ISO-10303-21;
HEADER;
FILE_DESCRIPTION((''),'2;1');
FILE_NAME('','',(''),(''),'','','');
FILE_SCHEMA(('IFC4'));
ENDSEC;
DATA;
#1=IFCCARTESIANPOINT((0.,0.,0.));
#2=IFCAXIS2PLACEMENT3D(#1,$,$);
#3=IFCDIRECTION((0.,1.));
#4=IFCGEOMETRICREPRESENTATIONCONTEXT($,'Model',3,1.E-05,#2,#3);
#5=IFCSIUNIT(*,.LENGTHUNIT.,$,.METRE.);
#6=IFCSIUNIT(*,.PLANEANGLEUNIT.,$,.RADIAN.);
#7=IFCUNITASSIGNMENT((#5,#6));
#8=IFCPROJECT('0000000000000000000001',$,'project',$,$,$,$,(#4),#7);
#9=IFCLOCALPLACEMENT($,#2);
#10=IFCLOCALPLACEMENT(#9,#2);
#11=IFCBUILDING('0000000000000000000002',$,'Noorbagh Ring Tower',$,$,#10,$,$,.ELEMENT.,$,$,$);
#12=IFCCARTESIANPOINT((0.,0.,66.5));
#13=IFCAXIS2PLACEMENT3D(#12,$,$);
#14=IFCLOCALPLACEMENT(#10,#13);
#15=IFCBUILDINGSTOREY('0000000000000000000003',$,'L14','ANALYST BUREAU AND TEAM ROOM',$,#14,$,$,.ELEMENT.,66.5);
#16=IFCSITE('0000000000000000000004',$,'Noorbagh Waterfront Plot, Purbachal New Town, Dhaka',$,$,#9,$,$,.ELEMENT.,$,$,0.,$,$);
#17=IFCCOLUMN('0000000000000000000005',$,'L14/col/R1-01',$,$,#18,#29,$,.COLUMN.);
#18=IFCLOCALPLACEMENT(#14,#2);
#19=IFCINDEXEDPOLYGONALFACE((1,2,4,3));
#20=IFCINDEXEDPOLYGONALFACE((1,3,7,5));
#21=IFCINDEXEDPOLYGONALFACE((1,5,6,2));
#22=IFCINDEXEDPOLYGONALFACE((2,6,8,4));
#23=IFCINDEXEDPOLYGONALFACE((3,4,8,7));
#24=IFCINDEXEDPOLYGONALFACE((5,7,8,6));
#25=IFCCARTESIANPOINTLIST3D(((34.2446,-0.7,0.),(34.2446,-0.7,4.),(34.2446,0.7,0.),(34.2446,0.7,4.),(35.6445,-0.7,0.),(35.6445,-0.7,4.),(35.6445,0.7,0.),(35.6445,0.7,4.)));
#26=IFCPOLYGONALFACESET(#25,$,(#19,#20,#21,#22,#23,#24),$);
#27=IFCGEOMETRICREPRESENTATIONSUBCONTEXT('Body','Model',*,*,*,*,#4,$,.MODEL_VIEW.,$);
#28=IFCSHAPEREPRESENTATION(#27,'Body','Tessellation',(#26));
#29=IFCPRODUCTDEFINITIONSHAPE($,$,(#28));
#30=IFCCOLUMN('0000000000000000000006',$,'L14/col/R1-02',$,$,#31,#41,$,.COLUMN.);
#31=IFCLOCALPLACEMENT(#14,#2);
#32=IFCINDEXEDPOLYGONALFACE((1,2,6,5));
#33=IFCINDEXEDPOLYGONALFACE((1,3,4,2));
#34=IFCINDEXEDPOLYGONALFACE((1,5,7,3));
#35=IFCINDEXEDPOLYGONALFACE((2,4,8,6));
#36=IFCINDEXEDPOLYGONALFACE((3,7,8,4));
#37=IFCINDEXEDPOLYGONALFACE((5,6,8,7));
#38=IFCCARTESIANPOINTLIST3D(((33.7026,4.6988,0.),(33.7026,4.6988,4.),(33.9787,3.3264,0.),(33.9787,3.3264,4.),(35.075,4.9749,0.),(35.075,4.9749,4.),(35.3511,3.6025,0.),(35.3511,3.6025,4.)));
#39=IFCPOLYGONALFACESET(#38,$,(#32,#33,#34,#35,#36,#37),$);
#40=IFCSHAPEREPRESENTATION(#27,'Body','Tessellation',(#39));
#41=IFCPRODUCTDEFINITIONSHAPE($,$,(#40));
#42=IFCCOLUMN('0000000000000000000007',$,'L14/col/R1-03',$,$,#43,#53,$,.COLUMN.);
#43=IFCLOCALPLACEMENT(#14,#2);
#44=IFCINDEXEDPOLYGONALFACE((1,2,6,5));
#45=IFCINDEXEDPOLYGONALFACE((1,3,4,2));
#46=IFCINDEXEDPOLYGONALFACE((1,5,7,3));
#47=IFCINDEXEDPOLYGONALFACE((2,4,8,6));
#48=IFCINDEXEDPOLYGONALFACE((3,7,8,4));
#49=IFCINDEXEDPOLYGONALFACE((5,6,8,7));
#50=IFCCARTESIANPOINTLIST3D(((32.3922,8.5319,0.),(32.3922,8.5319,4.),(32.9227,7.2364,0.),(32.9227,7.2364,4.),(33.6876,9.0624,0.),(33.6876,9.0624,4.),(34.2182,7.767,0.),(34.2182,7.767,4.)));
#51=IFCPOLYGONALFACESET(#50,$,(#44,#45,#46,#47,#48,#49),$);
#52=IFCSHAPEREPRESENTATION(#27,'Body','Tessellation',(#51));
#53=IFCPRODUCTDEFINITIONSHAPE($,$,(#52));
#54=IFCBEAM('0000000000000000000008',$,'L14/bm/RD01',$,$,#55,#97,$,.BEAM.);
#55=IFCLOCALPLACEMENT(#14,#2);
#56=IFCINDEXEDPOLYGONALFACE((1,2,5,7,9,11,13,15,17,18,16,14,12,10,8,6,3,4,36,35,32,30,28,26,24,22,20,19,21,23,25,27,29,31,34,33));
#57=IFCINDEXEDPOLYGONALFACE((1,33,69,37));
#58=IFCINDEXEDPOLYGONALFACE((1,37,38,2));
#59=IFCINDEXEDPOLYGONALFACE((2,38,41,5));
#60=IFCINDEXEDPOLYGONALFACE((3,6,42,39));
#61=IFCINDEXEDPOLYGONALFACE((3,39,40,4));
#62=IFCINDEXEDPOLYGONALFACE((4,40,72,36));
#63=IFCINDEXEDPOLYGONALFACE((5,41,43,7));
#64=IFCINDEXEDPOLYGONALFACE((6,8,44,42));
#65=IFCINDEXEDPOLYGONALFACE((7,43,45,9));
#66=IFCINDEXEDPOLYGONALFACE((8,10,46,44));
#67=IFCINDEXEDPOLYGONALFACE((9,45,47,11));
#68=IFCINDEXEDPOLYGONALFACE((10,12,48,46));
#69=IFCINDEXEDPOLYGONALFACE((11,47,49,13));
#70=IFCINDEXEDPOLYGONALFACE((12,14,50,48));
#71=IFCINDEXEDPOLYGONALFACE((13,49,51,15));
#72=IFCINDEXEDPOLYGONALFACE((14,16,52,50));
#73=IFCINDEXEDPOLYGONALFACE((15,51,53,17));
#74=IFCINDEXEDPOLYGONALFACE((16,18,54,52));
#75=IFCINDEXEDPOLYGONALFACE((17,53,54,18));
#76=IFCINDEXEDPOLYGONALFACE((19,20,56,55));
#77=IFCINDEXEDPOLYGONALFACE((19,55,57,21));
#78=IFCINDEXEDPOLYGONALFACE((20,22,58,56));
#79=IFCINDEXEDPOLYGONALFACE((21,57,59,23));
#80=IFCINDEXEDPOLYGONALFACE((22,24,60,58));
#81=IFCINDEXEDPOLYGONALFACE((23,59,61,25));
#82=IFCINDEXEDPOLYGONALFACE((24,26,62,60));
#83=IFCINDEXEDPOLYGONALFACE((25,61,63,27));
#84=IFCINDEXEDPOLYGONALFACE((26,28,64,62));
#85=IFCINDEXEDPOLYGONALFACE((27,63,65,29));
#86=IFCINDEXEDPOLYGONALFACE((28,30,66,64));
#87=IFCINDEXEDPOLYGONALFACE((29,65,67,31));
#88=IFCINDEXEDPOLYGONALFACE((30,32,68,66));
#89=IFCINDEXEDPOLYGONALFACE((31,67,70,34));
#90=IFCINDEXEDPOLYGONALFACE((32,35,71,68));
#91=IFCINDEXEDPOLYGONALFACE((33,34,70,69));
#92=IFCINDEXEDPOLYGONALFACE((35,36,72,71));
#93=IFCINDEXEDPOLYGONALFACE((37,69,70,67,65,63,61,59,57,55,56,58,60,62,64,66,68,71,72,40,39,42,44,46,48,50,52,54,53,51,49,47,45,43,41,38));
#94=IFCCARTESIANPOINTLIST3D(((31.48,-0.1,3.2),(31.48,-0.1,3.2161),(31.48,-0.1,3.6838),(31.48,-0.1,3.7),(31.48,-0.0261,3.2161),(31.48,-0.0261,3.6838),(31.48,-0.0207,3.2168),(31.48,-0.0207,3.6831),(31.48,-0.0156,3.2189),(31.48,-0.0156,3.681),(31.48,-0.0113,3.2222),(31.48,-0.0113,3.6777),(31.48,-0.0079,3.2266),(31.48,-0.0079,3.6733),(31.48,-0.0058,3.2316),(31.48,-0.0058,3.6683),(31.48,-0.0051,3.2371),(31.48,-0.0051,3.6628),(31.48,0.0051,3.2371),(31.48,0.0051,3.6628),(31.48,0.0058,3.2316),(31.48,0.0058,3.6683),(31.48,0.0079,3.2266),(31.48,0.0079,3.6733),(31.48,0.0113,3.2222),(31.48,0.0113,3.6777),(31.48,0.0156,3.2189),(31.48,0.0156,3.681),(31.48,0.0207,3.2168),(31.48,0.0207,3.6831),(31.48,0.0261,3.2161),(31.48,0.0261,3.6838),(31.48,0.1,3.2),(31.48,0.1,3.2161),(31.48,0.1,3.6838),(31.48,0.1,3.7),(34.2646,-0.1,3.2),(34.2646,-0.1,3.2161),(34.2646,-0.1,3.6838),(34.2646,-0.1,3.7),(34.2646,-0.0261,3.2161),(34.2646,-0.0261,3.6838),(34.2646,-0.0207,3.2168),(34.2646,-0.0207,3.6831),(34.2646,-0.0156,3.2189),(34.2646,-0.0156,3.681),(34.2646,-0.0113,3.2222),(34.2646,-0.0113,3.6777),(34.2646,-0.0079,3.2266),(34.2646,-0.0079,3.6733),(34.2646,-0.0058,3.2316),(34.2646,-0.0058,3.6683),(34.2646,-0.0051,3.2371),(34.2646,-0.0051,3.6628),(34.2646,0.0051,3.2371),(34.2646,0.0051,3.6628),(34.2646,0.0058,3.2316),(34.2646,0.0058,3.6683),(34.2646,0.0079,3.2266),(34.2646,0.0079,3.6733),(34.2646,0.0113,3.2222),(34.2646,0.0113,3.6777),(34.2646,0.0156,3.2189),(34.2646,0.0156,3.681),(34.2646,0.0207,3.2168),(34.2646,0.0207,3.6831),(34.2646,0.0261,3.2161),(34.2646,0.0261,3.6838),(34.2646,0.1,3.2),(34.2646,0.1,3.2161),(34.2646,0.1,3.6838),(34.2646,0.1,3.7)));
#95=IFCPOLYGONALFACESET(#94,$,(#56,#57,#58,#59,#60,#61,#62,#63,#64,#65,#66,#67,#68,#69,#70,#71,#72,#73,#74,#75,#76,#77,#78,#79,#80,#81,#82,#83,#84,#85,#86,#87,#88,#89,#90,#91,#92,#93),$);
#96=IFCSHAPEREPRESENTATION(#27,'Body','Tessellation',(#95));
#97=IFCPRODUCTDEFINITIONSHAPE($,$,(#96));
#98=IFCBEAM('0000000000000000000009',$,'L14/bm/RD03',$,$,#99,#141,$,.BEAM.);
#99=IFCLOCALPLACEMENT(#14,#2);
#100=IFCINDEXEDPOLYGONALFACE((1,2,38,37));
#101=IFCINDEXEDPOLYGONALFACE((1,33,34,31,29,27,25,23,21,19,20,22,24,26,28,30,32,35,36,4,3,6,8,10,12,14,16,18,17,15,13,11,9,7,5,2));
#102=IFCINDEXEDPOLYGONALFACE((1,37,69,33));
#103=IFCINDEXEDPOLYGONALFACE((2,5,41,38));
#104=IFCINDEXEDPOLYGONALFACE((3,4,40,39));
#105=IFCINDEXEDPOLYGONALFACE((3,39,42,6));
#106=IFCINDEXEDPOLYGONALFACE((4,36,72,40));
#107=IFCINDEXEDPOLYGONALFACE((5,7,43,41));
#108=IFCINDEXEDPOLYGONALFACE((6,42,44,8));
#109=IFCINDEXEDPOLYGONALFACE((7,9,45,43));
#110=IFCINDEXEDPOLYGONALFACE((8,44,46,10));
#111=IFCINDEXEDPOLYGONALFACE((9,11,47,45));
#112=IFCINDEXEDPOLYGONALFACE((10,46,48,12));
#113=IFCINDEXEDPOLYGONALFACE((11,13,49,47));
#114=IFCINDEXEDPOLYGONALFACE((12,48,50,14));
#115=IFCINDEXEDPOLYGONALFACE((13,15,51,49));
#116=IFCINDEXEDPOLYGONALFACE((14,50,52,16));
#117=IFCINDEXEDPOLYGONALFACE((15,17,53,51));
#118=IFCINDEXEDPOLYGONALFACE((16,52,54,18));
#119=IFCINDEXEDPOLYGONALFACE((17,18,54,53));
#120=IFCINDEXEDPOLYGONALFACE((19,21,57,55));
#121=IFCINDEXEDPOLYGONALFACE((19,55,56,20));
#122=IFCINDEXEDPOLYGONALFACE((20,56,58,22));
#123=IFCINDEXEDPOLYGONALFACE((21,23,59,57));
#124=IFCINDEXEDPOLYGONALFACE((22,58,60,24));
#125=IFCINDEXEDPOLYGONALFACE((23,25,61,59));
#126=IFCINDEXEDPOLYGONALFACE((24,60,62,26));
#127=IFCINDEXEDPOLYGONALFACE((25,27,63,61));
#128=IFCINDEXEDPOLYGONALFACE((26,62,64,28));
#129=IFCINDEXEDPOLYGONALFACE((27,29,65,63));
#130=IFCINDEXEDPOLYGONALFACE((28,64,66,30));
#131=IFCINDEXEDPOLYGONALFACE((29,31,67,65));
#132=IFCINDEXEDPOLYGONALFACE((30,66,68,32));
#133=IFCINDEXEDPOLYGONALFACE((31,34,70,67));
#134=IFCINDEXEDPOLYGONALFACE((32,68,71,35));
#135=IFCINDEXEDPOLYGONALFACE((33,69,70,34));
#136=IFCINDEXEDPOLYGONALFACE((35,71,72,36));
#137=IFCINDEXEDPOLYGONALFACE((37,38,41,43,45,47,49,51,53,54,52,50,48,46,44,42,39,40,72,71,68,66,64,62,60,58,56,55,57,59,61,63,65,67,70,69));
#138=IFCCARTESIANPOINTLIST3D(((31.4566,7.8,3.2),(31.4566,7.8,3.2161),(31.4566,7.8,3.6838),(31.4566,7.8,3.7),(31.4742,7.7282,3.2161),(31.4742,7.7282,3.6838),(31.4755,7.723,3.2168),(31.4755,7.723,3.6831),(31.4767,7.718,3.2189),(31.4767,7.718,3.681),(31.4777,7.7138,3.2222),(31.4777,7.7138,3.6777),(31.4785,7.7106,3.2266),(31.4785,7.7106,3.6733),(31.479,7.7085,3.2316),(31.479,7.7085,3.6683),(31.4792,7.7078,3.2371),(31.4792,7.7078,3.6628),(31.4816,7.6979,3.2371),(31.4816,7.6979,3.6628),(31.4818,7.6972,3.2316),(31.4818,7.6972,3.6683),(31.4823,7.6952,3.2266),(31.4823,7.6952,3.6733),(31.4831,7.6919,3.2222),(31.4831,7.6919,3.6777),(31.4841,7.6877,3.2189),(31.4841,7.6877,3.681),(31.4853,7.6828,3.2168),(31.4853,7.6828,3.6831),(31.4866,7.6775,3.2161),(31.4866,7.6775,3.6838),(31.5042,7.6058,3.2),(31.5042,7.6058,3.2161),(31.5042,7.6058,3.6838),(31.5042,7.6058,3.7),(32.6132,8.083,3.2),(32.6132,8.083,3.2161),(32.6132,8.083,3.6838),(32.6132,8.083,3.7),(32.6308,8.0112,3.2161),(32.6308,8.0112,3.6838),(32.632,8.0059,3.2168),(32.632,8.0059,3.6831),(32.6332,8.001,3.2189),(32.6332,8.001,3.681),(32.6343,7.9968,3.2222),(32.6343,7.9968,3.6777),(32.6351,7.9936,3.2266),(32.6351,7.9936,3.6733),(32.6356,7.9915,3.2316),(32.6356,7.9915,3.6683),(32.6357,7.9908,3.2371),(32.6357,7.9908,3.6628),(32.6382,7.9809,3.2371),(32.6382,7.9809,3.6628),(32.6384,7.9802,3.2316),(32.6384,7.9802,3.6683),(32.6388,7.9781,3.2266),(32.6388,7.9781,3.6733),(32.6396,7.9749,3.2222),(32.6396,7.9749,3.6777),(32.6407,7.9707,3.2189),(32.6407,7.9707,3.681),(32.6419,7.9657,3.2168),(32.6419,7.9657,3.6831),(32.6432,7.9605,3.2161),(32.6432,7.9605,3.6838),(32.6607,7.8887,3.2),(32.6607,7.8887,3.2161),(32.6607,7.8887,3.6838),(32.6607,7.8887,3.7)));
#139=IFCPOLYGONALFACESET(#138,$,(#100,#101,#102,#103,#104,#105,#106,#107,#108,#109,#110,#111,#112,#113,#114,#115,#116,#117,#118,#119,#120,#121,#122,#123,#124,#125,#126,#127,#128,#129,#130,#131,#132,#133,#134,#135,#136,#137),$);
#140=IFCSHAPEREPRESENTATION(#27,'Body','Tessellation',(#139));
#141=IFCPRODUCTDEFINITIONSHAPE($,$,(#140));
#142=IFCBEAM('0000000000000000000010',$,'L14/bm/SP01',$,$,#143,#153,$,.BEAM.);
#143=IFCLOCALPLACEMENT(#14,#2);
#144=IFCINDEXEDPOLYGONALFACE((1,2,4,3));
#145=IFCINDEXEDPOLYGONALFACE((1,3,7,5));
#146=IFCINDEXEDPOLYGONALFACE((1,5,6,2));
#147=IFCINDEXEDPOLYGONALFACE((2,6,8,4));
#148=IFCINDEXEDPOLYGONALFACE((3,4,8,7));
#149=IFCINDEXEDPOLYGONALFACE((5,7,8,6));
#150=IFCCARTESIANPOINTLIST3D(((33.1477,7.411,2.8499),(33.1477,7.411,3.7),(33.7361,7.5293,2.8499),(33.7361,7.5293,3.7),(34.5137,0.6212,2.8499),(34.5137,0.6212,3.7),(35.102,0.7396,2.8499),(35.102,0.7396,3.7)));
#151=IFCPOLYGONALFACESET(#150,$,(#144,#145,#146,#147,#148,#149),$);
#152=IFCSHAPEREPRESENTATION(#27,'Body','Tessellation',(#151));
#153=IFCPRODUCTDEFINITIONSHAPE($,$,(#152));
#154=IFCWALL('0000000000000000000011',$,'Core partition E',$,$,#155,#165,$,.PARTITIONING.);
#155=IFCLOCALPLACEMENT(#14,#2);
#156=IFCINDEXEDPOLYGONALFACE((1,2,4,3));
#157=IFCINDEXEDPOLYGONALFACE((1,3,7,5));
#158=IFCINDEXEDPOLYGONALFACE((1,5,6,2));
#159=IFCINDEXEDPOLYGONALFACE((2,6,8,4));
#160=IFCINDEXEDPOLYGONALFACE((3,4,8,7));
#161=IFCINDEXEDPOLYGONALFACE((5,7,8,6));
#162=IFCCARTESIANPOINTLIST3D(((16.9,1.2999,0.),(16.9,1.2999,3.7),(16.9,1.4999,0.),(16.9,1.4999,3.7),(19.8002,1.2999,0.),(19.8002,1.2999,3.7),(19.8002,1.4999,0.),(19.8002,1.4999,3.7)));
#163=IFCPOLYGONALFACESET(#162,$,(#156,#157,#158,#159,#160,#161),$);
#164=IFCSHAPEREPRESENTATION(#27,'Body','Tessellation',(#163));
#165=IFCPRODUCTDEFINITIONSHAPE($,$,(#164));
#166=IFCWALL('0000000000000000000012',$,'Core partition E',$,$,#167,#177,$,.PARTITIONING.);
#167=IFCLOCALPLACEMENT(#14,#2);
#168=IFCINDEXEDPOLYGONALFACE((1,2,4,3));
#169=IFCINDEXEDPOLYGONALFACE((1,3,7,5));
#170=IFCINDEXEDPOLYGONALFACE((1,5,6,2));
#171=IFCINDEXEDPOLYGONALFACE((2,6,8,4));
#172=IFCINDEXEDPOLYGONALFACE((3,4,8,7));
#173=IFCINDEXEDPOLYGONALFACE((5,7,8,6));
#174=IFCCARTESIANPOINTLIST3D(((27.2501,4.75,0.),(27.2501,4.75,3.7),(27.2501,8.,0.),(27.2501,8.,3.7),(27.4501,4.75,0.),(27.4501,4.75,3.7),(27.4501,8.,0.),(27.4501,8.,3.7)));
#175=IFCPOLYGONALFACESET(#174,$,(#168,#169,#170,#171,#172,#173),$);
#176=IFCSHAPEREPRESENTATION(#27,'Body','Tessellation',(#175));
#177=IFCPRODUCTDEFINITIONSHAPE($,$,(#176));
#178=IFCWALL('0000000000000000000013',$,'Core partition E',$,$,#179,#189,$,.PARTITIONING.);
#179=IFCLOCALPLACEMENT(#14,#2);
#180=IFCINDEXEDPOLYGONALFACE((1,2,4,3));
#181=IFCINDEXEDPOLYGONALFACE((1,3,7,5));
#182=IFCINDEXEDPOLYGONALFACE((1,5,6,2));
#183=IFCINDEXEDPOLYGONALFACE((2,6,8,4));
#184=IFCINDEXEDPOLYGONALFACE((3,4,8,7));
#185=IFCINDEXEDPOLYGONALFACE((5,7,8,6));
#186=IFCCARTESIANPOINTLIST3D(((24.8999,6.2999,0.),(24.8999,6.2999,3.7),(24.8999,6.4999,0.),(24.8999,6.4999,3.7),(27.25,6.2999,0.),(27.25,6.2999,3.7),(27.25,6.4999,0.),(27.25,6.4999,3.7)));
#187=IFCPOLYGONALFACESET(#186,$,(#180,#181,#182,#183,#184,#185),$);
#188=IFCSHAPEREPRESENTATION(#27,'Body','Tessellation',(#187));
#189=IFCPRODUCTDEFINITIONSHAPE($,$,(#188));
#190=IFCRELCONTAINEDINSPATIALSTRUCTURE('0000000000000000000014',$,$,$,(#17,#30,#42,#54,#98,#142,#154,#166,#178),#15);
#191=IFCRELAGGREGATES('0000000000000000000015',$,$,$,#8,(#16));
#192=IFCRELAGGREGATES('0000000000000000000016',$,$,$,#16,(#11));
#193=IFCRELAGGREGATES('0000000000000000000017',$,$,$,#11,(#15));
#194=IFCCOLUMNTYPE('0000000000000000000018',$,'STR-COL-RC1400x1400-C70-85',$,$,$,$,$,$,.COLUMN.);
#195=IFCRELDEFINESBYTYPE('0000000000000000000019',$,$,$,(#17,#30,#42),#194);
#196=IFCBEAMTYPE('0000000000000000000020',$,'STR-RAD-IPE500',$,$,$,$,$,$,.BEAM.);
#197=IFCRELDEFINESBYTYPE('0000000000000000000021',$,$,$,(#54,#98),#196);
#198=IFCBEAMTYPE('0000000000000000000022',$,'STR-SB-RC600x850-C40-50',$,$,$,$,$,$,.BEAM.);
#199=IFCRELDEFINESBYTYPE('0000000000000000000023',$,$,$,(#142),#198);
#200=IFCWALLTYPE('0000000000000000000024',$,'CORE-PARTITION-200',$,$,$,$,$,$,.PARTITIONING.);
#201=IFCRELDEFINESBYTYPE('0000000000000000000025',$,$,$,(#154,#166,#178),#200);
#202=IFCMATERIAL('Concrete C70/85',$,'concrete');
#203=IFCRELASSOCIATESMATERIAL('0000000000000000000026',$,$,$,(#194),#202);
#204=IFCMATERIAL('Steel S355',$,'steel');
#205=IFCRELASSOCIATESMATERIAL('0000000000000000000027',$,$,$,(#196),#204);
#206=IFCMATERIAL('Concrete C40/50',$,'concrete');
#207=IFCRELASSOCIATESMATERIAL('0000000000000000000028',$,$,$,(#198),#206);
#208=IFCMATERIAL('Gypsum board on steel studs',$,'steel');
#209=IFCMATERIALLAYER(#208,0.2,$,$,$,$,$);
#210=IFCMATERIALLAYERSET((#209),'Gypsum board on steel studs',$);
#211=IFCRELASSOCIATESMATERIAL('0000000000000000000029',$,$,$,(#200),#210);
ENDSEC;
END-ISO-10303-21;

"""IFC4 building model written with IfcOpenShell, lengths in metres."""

from ifc_helpers import new_model, si_unit, direction, frame, frame_2d, origin, origin_2d, place, context, subcontext, project, spatial, rectangle, i_section, extrude, material, layer, layer_set, material_profile, profile_set, type_object, element, save


model = new_model("IFC4")

# Units and contexts
model_context = context("Model", 3, precision=1e-05, world=origin(), true_north=direction((0.0, 1.0)))
body_context = subcontext(model_context, "Body", "Model", "MODEL_VIEW")
ifc_project = project(units=[si_unit("LENGTHUNIT", "METRE"), si_unit("PLANEANGLEUNIT", "RADIAN")], contexts=[model_context])

# Site, building, storey
site_placement = place(None, origin())
site = spatial("IfcSite", under=ifc_project, at=site_placement, Name="Noorbagh Waterfront Plot, Purbachal New Town, Dhaka", CompositionType="ELEMENT", RefElevation=0.0)
building_placement = place(site_placement, origin())
building = spatial("IfcBuilding", under=site, at=building_placement, Name="Noorbagh Ring Tower", CompositionType="ELEMENT")
storey_placement = place(building_placement, frame((0.0, 0.0, 66.5)))
storey = spatial("IfcBuildingStorey", under=building, at=storey_placement, Name="L14", Description="ANALYST BUREAU AND TEAM ROOM", CompositionType="ELEMENT", Elevation=66.5)

# Columns
ifc_material_1 = material(Name="Concrete C70/85", Category="concrete")
ifc_material_profile_1 = material_profile(ifc_material_1, rectangle(XDim=1.3999, YDim=1.3999, at=origin_2d()), Name="RC1400x1400")
ifc_profile_set_1 = profile_set([ifc_material_profile_1], Name="Concrete C70/85")
column_type = type_object("IfcColumnType", Name="STR-COL-RC1400x1400-C70-85", PredefinedType="COLUMN", material=ifc_profile_set_1)
for number, where, z_axis, x_axis, name in (
    (1, (34.9446, 0.0, 0.0), (0.0, 0.0, 1.0), (0.0, 1.0, 0.0), "L14/col/R1-01"),
    (2, (34.5269, 4.1506, 0.0), (0.0, 0.0, 1.0), (-0.19723, 0.980357, 0.0), "L14/col/R1-02"),
    (3, (33.3052, 8.1494, 0.0), (0.0, 0.0, 1.0), (-0.378989, 0.925401, 0.0), "L14/col/R1-03"),
):
    element("IfcColumn", number, at=place(storey_placement, frame(where, z_axis=z_axis, x_axis=x_axis)), inside=storey, type_object=column_type, Name=name, PredefinedType="COLUMN", context=body_context, shape_type="SweptSolid", body=[
        extrude(rectangle(XDim=1.3999, YDim=1.3999, at=origin_2d()), origin(), (0.0, 0.0, 1.0), 4.0),
    ])

# Beams
ifc_material_2 = material(Name="Steel S355", Category="steel")
ifc_material_profile_2 = material_profile(ifc_material_2, i_section(OverallWidth=0.2, OverallDepth=0.5, WebThickness=0.0103, FlangeThickness=0.0161, FilletRadius=0.021, at=origin_2d()), Name="IPE500")
ifc_profile_set_2 = profile_set([ifc_material_profile_2], Name="Steel S355")
beam_type_1 = type_object("IfcBeamType", Name="STR-RAD-IPE500", PredefinedType="BEAM", material=ifc_profile_set_2)
beam_1_placement = place(storey_placement, frame((34.2646, 0.0, 3.45), z_axis=(-1.0, 0.0, 0.0), x_axis=(0.0, -1.0, 0.0)))
element("IfcBeam", 4, at=beam_1_placement, inside=storey, type_object=beam_type_1, Name="L14/bm/RD01", PredefinedType="BEAM", context=body_context, shape_type="SweptSolid", body=[
    extrude(i_section(OverallWidth=0.2, OverallDepth=0.5, WebThickness=0.0103, FlangeThickness=0.0161, FilletRadius=0.021, at=origin_2d()), origin(), (0.0, 0.0, 1.0), 2.7847),
])
beam_2_placement = place(storey_placement, frame((32.637, 7.9858, 3.45), z_axis=(-0.971349, -0.237659, 0.0), x_axis=(0.237659, -0.971349, 0.0)))
element("IfcBeam", 5, at=beam_2_placement, inside=storey, type_object=beam_type_1, Name="L14/bm/RD03", PredefinedType="BEAM", context=body_context, shape_type="SweptSolid", body=[
    extrude(i_section(OverallWidth=0.2, OverallDepth=0.5, WebThickness=0.0103, FlangeThickness=0.0161, FilletRadius=0.021, at=origin_2d()), origin(), (0.0, 0.0, 1.0), 1.1907),
])
ifc_material_3 = material(Name="Concrete C40/50", Category="concrete")
ifc_material_profile_3 = material_profile(ifc_material_3, rectangle(XDim=0.6001, YDim=0.8501, at=origin_2d()), Name="RC600x850")
ifc_profile_set_3 = profile_set([ifc_material_profile_3], Name="Concrete C40/50")
beam_type_2 = type_object("IfcBeamType", Name="STR-SB-RC600x850-C40-50", PredefinedType="BEAM", material=ifc_profile_set_3)
beam_3_placement = place(storey_placement, frame((34.8079, 0.6804, 3.2749), z_axis=(-0.197228, 0.980358, 0.0), x_axis=(-0.980358, -0.197228, 0.0)))
element("IfcBeam", 6, at=beam_3_placement, inside=storey, type_object=beam_type_2, Name="L14/bm/SP01", PredefinedType="BEAM", context=body_context, shape_type="SweptSolid", body=[
    extrude(rectangle(XDim=0.6001, YDim=0.8501, at=origin_2d()), origin(), (0.0, 0.0, 1.0), 6.9258),
])

# Walls
ifc_material_4 = material(Name="Gypsum board on steel studs", Category="steel")
ifc_layer_1 = layer(ifc_material_4, 0.2)
ifc_layer_set_1 = layer_set([ifc_layer_1], Name="Gypsum board on steel studs")
wall_type_1 = type_object("IfcWallType", Name="CORE-PARTITION-200", PredefinedType="PARTITIONING", material=ifc_layer_set_1)
wall_1_placement = place(storey_placement, frame((16.8999, 1.3999, 0.0), z_axis=(0.0, 0.0, 1.0), x_axis=(1.0, 0.0, 0.0)))
element("IfcWall", 7, at=wall_1_placement, inside=storey, type_object=wall_type_1, Name="Core partition E", PredefinedType="PARTITIONING", context=body_context, shape_type="SweptSolid", body=[
    extrude(rectangle(XDim=2.9001, YDim=0.2, at=frame_2d((1.4502, 0.0))), origin(), (0.0, 0.0, 1.0), 3.7),
])
wall_2_placement = place(storey_placement, frame((27.3501, 4.75, 0.0), z_axis=(0.0, 0.0, 1.0), x_axis=(0.0, 1.0, 0.0)))
element("IfcWall", 8, at=wall_2_placement, inside=storey, type_object=wall_type_1, Name="Core partition E", PredefinedType="PARTITIONING", context=body_context, shape_type="SweptSolid", body=[
    extrude(rectangle(XDim=3.25, YDim=0.2, at=frame_2d((1.625, 0.0))), origin(), (0.0, 0.0, 1.0), 3.7),
])
wall_3_placement = place(storey_placement, frame((24.8999, 6.3999, 0.0), z_axis=(0.0, 0.0, 1.0), x_axis=(1.0, 0.0, 0.0)))
element("IfcWall", 9, at=wall_3_placement, inside=storey, type_object=wall_type_1, Name="Core partition E", PredefinedType="PARTITIONING", context=body_context, shape_type="SweptSolid", body=[
    extrude(rectangle(XDim=2.3501, YDim=0.2, at=frame_2d((1.175, 0.0))), origin(), (0.0, 0.0, 1.0), 3.7),
])

save(model, "model.ifc")
